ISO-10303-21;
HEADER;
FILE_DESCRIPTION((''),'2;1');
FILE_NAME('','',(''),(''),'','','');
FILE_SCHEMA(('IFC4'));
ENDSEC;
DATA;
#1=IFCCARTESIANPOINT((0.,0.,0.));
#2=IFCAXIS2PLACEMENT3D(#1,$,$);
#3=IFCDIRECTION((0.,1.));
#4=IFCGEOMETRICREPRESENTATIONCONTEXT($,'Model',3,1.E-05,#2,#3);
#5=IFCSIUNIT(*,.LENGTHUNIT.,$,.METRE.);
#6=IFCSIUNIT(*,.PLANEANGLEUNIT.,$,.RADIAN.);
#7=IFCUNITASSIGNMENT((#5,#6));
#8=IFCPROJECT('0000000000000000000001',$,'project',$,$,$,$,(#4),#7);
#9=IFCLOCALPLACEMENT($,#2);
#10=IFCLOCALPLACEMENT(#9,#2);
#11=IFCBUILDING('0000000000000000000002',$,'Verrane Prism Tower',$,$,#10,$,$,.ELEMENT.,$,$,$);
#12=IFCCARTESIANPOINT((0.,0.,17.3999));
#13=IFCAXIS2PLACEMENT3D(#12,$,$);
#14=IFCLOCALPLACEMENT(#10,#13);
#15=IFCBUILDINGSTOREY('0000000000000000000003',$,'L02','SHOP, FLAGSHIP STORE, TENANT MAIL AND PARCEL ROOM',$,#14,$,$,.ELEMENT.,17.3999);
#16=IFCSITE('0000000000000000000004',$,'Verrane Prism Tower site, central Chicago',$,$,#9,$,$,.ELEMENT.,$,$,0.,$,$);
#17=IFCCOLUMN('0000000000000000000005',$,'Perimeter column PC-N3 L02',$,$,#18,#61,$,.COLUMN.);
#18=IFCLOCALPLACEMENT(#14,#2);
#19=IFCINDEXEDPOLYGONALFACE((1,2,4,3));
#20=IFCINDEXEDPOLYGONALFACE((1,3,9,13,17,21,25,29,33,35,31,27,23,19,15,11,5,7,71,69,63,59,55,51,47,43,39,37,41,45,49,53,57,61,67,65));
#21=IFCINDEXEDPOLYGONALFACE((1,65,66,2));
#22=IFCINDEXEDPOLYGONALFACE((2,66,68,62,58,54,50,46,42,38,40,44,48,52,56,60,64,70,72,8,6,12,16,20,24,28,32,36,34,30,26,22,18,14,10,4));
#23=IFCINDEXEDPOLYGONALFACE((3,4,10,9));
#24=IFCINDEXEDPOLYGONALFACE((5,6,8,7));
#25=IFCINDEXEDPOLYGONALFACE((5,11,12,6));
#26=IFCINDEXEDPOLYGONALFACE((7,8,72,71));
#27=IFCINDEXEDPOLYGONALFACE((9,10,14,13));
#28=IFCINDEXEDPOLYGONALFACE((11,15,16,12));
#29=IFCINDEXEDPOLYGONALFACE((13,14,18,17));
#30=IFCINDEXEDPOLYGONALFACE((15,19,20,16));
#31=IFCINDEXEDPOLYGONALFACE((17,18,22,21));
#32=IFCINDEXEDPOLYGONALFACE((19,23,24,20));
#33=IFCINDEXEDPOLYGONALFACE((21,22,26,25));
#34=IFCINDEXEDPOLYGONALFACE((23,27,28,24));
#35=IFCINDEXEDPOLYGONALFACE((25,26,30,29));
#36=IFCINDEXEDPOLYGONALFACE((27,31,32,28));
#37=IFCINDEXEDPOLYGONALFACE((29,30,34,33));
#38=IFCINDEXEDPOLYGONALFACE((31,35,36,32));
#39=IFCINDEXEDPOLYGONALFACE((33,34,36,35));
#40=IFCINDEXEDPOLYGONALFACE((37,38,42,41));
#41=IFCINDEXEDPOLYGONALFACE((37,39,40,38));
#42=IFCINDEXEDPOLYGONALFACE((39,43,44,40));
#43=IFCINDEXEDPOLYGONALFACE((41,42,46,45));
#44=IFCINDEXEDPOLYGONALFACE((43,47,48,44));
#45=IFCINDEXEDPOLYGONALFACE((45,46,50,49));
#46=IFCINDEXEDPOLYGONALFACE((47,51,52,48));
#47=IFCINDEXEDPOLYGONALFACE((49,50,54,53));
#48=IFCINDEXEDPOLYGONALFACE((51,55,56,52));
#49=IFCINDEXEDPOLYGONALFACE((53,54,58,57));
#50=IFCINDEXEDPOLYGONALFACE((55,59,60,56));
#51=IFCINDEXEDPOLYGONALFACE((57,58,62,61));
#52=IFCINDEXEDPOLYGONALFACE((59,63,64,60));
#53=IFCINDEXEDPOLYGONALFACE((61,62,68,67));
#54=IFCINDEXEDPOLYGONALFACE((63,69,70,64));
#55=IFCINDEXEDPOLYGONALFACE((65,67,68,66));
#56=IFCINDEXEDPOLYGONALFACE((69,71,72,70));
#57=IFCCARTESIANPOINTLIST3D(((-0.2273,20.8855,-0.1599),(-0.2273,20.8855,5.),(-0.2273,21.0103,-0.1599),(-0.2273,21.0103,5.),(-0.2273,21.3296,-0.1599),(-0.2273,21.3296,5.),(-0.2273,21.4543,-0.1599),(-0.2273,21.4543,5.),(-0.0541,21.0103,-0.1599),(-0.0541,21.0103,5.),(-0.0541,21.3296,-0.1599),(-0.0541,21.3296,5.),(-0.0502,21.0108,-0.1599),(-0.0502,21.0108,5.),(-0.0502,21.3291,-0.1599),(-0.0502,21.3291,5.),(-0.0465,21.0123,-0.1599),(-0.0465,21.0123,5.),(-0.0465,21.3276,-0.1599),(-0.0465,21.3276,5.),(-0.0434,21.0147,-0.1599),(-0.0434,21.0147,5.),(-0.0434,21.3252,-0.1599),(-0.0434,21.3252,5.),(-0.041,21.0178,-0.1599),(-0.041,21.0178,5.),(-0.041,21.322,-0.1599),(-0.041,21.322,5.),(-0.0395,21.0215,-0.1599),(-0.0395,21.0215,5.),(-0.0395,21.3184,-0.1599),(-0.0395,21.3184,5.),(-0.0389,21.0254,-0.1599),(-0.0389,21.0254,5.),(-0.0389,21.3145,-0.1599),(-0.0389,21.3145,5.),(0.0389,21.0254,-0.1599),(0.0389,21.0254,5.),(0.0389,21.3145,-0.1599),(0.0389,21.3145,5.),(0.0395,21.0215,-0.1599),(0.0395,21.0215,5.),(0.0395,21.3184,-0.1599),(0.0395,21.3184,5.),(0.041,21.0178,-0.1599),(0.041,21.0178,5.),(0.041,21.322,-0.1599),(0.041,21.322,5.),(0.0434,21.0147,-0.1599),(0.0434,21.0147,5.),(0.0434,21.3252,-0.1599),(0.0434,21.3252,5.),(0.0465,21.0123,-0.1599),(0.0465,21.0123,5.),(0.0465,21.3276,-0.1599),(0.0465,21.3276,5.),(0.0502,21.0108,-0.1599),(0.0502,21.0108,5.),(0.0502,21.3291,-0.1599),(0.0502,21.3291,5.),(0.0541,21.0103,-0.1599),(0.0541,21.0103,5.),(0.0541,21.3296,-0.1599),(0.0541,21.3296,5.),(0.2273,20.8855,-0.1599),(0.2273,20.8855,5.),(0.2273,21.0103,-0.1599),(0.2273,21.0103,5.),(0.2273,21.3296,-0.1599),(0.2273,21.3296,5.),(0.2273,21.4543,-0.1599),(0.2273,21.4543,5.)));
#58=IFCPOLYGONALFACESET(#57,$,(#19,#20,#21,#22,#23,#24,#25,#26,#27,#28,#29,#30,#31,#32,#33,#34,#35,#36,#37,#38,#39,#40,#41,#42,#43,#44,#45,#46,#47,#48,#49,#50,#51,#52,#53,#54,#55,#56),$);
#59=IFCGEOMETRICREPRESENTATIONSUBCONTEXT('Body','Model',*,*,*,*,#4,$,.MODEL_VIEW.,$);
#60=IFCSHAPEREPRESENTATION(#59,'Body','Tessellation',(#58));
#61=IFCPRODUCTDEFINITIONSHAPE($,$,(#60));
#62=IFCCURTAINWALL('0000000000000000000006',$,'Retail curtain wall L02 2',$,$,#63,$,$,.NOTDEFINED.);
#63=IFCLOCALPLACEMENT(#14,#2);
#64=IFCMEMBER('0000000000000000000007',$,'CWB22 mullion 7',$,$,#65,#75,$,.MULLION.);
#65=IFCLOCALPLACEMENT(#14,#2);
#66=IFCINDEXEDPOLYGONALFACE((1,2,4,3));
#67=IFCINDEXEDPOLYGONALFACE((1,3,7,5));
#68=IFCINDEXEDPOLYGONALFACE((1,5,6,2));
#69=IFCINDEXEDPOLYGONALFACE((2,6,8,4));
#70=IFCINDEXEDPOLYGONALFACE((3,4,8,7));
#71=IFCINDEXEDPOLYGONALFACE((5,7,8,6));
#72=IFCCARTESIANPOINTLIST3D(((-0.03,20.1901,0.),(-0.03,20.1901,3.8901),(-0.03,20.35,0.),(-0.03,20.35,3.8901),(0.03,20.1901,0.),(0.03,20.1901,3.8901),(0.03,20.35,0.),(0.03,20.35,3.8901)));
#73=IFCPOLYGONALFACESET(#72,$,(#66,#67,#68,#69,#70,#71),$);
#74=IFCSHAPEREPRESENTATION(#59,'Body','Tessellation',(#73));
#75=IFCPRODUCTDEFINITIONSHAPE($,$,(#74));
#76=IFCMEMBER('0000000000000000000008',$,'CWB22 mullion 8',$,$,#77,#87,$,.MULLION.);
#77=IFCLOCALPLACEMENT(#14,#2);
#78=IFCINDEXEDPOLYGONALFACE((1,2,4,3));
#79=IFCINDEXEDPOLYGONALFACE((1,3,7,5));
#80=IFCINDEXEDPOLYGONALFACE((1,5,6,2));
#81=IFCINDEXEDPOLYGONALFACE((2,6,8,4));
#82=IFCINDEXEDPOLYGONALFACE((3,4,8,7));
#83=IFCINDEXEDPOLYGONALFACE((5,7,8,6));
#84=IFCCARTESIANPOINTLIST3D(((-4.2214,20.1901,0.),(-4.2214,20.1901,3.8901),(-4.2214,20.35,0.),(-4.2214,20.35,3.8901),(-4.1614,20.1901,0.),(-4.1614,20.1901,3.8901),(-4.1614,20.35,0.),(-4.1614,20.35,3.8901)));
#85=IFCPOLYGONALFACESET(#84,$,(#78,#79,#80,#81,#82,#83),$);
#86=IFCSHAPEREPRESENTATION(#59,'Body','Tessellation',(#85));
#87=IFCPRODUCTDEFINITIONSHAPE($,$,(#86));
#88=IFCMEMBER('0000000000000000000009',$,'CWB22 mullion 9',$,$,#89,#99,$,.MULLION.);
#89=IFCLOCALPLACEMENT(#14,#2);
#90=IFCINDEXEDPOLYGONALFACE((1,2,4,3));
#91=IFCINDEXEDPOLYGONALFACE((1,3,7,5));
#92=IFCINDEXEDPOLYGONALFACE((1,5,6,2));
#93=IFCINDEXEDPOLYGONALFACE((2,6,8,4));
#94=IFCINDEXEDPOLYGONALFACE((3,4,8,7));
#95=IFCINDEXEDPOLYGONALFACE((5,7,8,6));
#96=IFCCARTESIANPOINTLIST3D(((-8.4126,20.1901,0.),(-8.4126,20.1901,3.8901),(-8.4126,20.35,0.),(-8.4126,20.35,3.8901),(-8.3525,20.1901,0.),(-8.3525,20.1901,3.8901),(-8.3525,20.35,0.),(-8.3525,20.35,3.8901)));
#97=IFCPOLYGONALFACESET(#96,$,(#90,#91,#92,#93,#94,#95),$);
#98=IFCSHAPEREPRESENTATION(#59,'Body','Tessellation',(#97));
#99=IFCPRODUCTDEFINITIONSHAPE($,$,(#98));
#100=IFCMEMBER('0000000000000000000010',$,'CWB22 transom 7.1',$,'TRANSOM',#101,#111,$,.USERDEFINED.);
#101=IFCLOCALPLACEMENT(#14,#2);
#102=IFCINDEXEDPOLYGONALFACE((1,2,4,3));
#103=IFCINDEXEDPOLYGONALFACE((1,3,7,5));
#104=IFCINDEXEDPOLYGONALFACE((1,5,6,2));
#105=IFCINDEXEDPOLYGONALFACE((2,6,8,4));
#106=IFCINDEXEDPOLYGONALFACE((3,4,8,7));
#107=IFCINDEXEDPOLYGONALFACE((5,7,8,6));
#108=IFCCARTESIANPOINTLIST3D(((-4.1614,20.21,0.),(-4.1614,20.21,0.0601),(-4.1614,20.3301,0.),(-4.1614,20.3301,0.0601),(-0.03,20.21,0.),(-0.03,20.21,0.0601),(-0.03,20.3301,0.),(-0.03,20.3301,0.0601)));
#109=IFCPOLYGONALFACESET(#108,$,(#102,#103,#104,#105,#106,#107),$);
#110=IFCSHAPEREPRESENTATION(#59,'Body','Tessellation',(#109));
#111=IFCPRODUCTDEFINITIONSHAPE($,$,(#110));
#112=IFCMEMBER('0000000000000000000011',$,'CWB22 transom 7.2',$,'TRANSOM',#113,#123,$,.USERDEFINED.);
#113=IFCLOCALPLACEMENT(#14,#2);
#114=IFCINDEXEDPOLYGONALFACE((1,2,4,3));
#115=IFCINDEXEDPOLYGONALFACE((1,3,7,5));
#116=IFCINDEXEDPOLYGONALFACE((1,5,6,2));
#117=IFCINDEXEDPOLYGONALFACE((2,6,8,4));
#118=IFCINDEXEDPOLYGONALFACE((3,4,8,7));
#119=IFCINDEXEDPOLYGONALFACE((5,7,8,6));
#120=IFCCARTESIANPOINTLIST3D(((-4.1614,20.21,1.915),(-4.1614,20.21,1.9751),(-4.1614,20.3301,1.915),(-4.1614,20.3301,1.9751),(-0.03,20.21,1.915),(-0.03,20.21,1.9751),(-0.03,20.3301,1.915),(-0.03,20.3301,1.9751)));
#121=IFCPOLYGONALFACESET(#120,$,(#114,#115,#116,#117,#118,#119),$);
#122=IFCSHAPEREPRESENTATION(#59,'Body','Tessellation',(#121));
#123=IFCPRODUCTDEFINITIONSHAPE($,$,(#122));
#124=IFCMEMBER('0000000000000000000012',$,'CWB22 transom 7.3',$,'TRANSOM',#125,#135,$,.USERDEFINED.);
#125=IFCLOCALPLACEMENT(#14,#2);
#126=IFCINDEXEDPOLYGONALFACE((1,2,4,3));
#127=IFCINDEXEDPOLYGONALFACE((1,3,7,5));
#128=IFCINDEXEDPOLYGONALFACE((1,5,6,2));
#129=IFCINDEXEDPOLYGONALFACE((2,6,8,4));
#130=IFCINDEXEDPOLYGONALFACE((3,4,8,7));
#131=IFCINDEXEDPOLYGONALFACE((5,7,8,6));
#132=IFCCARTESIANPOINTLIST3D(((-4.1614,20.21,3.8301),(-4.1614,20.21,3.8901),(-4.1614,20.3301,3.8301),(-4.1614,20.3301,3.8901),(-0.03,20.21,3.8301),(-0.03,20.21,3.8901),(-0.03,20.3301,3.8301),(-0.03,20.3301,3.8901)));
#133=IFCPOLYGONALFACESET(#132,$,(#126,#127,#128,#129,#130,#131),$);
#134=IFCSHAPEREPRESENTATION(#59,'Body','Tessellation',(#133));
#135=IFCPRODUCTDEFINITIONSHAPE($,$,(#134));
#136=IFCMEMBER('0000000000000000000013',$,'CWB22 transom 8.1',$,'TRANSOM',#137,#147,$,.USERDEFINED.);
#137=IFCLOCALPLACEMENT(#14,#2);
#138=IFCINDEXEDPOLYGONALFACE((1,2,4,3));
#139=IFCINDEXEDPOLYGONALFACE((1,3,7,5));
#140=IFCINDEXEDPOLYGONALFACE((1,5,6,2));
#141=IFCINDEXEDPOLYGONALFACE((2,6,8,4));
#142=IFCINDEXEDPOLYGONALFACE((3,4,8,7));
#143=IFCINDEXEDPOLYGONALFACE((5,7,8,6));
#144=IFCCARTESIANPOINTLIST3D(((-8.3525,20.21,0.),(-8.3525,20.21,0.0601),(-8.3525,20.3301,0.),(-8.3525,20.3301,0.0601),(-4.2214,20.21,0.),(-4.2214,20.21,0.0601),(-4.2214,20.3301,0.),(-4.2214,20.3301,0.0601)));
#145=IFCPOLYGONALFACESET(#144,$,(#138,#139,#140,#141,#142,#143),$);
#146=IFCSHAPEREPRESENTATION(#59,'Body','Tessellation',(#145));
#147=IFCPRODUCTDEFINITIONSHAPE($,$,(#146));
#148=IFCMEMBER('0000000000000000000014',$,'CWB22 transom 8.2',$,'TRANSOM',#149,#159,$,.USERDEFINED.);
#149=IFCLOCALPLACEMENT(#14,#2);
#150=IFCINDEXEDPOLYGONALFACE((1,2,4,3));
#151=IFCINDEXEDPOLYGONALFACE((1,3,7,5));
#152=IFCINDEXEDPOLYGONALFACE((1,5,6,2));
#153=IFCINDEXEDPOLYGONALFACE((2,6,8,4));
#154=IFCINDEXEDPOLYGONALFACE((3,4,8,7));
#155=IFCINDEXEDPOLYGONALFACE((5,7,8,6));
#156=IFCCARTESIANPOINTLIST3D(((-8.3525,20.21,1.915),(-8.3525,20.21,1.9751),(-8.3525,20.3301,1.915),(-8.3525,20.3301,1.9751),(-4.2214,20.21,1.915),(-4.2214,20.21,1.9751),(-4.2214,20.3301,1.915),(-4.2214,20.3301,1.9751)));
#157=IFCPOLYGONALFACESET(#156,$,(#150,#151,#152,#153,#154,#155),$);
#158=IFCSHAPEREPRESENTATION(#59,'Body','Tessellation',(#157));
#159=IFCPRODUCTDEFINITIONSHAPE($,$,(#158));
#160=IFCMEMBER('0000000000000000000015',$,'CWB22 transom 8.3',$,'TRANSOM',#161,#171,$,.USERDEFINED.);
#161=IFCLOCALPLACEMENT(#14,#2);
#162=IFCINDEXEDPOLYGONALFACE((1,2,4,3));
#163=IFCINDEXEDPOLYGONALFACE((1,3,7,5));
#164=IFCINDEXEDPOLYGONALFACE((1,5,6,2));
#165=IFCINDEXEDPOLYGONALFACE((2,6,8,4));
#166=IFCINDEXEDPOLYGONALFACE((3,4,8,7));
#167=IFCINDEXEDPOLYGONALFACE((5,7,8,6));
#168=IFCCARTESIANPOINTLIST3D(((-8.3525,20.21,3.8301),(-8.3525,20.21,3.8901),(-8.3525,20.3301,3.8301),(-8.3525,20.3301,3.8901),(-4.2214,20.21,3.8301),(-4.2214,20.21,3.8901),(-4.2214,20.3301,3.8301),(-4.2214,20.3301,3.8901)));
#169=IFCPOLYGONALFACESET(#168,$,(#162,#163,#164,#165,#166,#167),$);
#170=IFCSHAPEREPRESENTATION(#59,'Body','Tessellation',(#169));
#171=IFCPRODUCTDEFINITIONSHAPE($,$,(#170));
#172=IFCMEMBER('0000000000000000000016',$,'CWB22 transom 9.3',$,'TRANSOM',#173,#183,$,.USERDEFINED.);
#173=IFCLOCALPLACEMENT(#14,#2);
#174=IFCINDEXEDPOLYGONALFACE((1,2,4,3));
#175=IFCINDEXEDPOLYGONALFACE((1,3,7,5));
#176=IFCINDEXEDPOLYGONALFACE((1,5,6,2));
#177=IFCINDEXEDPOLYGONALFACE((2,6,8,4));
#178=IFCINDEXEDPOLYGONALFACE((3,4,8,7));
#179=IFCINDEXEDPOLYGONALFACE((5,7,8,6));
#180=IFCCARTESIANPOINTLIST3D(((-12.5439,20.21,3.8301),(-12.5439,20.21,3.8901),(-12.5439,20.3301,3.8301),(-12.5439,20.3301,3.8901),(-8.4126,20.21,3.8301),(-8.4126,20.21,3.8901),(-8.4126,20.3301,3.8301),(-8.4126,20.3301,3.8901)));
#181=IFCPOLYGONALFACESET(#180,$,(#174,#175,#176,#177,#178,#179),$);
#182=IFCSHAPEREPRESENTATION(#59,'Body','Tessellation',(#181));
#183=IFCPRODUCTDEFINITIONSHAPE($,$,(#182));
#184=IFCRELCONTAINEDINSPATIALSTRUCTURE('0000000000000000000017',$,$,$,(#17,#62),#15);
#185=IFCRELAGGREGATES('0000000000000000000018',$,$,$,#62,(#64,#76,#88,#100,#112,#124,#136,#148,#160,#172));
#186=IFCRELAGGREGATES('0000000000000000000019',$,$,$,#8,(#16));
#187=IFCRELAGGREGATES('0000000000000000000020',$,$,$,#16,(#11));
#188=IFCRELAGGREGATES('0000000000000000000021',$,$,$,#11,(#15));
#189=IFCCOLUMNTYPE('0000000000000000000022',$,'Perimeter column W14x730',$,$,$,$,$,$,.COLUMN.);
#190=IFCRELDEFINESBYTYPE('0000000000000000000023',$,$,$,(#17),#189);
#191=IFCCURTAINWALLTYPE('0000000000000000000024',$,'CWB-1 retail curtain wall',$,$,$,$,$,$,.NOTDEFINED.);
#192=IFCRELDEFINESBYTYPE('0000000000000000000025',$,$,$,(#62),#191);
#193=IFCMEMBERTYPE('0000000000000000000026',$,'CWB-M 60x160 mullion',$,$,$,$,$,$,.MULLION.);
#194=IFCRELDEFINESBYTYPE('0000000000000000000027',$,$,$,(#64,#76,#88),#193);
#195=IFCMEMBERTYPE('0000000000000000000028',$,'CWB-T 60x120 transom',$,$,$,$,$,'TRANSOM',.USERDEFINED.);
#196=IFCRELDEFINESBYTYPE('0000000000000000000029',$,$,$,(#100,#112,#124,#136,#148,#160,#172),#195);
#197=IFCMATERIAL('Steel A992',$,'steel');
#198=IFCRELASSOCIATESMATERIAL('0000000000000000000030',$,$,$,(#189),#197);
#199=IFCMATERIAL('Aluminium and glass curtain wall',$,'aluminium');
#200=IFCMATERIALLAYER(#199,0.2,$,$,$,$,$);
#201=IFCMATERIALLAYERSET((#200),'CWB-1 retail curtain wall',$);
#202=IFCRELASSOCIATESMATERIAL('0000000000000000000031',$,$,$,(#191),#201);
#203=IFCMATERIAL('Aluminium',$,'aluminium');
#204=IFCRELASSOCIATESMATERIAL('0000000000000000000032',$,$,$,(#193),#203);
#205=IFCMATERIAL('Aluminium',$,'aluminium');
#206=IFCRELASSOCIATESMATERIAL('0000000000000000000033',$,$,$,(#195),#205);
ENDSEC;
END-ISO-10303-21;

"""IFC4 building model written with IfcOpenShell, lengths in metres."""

from ifc_helpers import new_model, si_unit, direction, frame, origin, origin_2d, place, context, subcontext, project, spatial, rectangle, i_section, extrude, material, layer, layer_set, material_profile, profile_set, type_object, element, aggregate, save


model = new_model("IFC4")

# Units and contexts
model_context = context("Model", 3, precision=1e-05, world=origin(), true_north=direction((0.0, 1.0)))
body_context = subcontext(model_context, "Body", "Model", "MODEL_VIEW")
ifc_project = project(units=[si_unit("LENGTHUNIT", "METRE"), si_unit("PLANEANGLEUNIT", "RADIAN")], contexts=[model_context])

# Site, building, storey
site_placement = place(None, origin())
site = spatial("IfcSite", under=ifc_project, at=site_placement, Name="Verrane Prism Tower site, central Chicago", CompositionType="ELEMENT", RefElevation=0.0)
building_placement = place(site_placement, origin())
building = spatial("IfcBuilding", under=site, at=building_placement, Name="Verrane Prism Tower", CompositionType="ELEMENT")
storey_placement = place(building_placement, frame((0.0, 0.0, 17.3999)))
storey = spatial("IfcBuildingStorey", under=building, at=storey_placement, Name="L02", Description="SHOP, FLAGSHIP STORE, TENANT MAIL AND PARCEL ROOM", CompositionType="ELEMENT", Elevation=17.3999)

# Column
ifc_material_1 = material(Name="Steel A992", Category="steel")
ifc_material_profile_1 = material_profile(ifc_material_1, i_section(OverallWidth=0.4546, OverallDepth=0.5688, WebThickness=0.0779, FlangeThickness=0.1248, FilletRadius=0.0151, at=origin_2d()), Name="W14x730")
ifc_profile_set_1 = profile_set([ifc_material_profile_1], Name="Steel A992")
column_type = type_object("IfcColumnType", Name="Perimeter column W14x730", PredefinedType="COLUMN", material=ifc_profile_set_1)
column_placement = place(storey_placement, frame((0.0, 21.1699, -0.1599), z_axis=(0.0, 0.0, 1.0), x_axis=(1.0, 0.0, 0.0)))
element("IfcColumn", 1, at=column_placement, inside=storey, type_object=column_type, Name="Perimeter column PC-N3 L02", PredefinedType="COLUMN", context=body_context, shape_type="SweptSolid", body=[
    extrude(i_section(OverallWidth=0.4546, OverallDepth=0.5688, WebThickness=0.0779, FlangeThickness=0.1248, FilletRadius=0.0151, at=origin_2d()), origin(), (0.0, 0.0, 1.0), 5.1599),
])

# Curtain wall, members
ifc_material_2 = material(Name="Aluminium and glass curtain wall", Category="aluminium")
ifc_layer_1 = layer(ifc_material_2, 0.2)
ifc_layer_set_1 = layer_set([ifc_layer_1], Name="CWB-1 retail curtain wall")
curtain_wall_type = type_object("IfcCurtainWallType", Name="CWB-1 retail curtain wall", PredefinedType="NOTDEFINED", material=ifc_layer_set_1)
curtain_wall_placement = place(storey_placement, origin())
curtain_wall = element("IfcCurtainWall", 2, at=curtain_wall_placement, inside=storey, type_object=curtain_wall_type, Name="Retail curtain wall L02 2", PredefinedType="NOTDEFINED")
ifc_material_3 = material(Name="Aluminium", Category="aluminium")
ifc_material_profile_2 = material_profile(ifc_material_3, rectangle(XDim=0.1599, YDim=0.0601, at=origin_2d()), Name="CWB-M 60x160 mullion")
ifc_profile_set_2 = profile_set([ifc_material_profile_2], Name="Aluminium")
member_type_1 = type_object("IfcMemberType", Name="CWB-M 60x160 mullion", PredefinedType="MULLION", material=ifc_profile_set_2)
member_1_placement = place(storey_placement, frame((0.0, 20.27, 0.0), z_axis=(0.0, 0.0, 1.0), x_axis=(0.0, -1.0, 0.0)))
member_1 = element("IfcMember", 3, at=member_1_placement, type_object=member_type_1, Name="CWB22 mullion 7", PredefinedType="MULLION", context=body_context, shape_type="SweptSolid", body=[
    extrude(rectangle(XDim=0.1599, YDim=0.0601, at=origin_2d()), origin(), (0.0, 0.0, 1.0), 3.8901),
])
member_2_placement = place(storey_placement, frame((-4.1914, 20.27, 0.0), z_axis=(0.0, 0.0, 1.0), x_axis=(0.0, -1.0, 0.0)))
member_2 = element("IfcMember", 4, at=member_2_placement, type_object=member_type_1, Name="CWB22 mullion 8", PredefinedType="MULLION", context=body_context, shape_type="SweptSolid", body=[
    extrude(rectangle(XDim=0.1599, YDim=0.0601, at=origin_2d()), origin(), (0.0, 0.0, 1.0), 3.8901),
])
member_3_placement = place(storey_placement, frame((-8.3826, 20.27, 0.0), z_axis=(0.0, 0.0, 1.0), x_axis=(0.0, -1.0, 0.0)))
member_3 = element("IfcMember", 5, at=member_3_placement, type_object=member_type_1, Name="CWB22 mullion 9", PredefinedType="MULLION", context=body_context, shape_type="SweptSolid", body=[
    extrude(rectangle(XDim=0.1599, YDim=0.0601, at=origin_2d()), origin(), (0.0, 0.0, 1.0), 3.8901),
])
ifc_material_4 = material(Name="Aluminium", Category="aluminium")
ifc_material_profile_3 = material_profile(ifc_material_4, rectangle(XDim=0.1201, YDim=0.0601, at=origin_2d()), Name="CWB-T 60x120 transom")
ifc_profile_set_3 = profile_set([ifc_material_profile_3], Name="Aluminium")
member_type_2 = type_object("IfcMemberType", Name="CWB-T 60x120 transom", ElementType="TRANSOM", PredefinedType="USERDEFINED", material=ifc_profile_set_3)
member_4_placement = place(storey_placement, frame((-0.03, 20.27, 0.03), z_axis=(-1.0, 0.0, 0.0), x_axis=(0.0, -1.0, 0.0)))
member_4 = element("IfcMember", 6, at=member_4_placement, type_object=member_type_2, Name="CWB22 transom 7.1", ObjectType="TRANSOM", PredefinedType="USERDEFINED", context=body_context, shape_type="SweptSolid", body=[
    extrude(rectangle(XDim=0.1201, YDim=0.0601, at=origin_2d()), origin(), (0.0, 0.0, 1.0), 4.1313),
])
member_5_placement = place(storey_placement, frame((-0.03, 20.27, 1.9451), z_axis=(-1.0, 0.0, 0.0), x_axis=(0.0, -1.0, 0.0)))
member_5 = element("IfcMember", 7, at=member_5_placement, type_object=member_type_2, Name="CWB22 transom 7.2", ObjectType="TRANSOM", PredefinedType="USERDEFINED", context=body_context, shape_type="SweptSolid", body=[
    extrude(rectangle(XDim=0.1201, YDim=0.0601, at=origin_2d()), origin(), (0.0, 0.0, 1.0), 4.1313),
])
member_6_placement = place(storey_placement, frame((-0.03, 20.27, 3.8601), z_axis=(-1.0, 0.0, 0.0), x_axis=(0.0, -1.0, 0.0)))
member_6 = element("IfcMember", 8, at=member_6_placement, type_object=member_type_2, Name="CWB22 transom 7.3", ObjectType="TRANSOM", PredefinedType="USERDEFINED", context=body_context, shape_type="SweptSolid", body=[
    extrude(rectangle(XDim=0.1201, YDim=0.0601, at=origin_2d()), origin(), (0.0, 0.0, 1.0), 4.1313),
])
member_7_placement = place(storey_placement, frame((-4.2214, 20.27, 0.03), z_axis=(-1.0, 0.0, 0.0), x_axis=(0.0, -1.0, 0.0)))
member_7 = element("IfcMember", 9, at=member_7_placement, type_object=member_type_2, Name="CWB22 transom 8.1", ObjectType="TRANSOM", PredefinedType="USERDEFINED", context=body_context, shape_type="SweptSolid", body=[
    extrude(rectangle(XDim=0.1201, YDim=0.0601, at=origin_2d()), origin(), (0.0, 0.0, 1.0), 4.1311),
])
member_8_placement = place(storey_placement, frame((-4.2214, 20.27, 1.9451), z_axis=(-1.0, 0.0, 0.0), x_axis=(0.0, -1.0, 0.0)))
member_8 = element("IfcMember", 10, at=member_8_placement, type_object=member_type_2, Name="CWB22 transom 8.2", ObjectType="TRANSOM", PredefinedType="USERDEFINED", context=body_context, shape_type="SweptSolid", body=[
    extrude(rectangle(XDim=0.1201, YDim=0.0601, at=origin_2d()), origin(), (0.0, 0.0, 1.0), 4.1311),
])
member_9_placement = place(storey_placement, frame((-4.2214, 20.27, 3.8601), z_axis=(-1.0, 0.0, 0.0), x_axis=(0.0, -1.0, 0.0)))
member_9 = element("IfcMember", 11, at=member_9_placement, type_object=member_type_2, Name="CWB22 transom 8.3", ObjectType="TRANSOM", PredefinedType="USERDEFINED", context=body_context, shape_type="SweptSolid", body=[
    extrude(rectangle(XDim=0.1201, YDim=0.0601, at=origin_2d()), origin(), (0.0, 0.0, 1.0), 4.1311),
])
member_10_placement = place(storey_placement, frame((-8.4126, 20.27, 3.8601), z_axis=(-1.0, 0.0, 0.0), x_axis=(0.0, -1.0, 0.0)))
member_10 = element("IfcMember", 12, at=member_10_placement, type_object=member_type_2, Name="CWB22 transom 9.3", ObjectType="TRANSOM", PredefinedType="USERDEFINED", context=body_context, shape_type="SweptSolid", body=[
    extrude(rectangle(XDim=0.1201, YDim=0.0601, at=origin_2d()), origin(), (0.0, 0.0, 1.0), 4.1313),
])

aggregate(curtain_wall, [member_1, member_2, member_3, member_4, member_5, member_6, member_7, member_8, member_9, member_10])

save(model, "model.ifc")
